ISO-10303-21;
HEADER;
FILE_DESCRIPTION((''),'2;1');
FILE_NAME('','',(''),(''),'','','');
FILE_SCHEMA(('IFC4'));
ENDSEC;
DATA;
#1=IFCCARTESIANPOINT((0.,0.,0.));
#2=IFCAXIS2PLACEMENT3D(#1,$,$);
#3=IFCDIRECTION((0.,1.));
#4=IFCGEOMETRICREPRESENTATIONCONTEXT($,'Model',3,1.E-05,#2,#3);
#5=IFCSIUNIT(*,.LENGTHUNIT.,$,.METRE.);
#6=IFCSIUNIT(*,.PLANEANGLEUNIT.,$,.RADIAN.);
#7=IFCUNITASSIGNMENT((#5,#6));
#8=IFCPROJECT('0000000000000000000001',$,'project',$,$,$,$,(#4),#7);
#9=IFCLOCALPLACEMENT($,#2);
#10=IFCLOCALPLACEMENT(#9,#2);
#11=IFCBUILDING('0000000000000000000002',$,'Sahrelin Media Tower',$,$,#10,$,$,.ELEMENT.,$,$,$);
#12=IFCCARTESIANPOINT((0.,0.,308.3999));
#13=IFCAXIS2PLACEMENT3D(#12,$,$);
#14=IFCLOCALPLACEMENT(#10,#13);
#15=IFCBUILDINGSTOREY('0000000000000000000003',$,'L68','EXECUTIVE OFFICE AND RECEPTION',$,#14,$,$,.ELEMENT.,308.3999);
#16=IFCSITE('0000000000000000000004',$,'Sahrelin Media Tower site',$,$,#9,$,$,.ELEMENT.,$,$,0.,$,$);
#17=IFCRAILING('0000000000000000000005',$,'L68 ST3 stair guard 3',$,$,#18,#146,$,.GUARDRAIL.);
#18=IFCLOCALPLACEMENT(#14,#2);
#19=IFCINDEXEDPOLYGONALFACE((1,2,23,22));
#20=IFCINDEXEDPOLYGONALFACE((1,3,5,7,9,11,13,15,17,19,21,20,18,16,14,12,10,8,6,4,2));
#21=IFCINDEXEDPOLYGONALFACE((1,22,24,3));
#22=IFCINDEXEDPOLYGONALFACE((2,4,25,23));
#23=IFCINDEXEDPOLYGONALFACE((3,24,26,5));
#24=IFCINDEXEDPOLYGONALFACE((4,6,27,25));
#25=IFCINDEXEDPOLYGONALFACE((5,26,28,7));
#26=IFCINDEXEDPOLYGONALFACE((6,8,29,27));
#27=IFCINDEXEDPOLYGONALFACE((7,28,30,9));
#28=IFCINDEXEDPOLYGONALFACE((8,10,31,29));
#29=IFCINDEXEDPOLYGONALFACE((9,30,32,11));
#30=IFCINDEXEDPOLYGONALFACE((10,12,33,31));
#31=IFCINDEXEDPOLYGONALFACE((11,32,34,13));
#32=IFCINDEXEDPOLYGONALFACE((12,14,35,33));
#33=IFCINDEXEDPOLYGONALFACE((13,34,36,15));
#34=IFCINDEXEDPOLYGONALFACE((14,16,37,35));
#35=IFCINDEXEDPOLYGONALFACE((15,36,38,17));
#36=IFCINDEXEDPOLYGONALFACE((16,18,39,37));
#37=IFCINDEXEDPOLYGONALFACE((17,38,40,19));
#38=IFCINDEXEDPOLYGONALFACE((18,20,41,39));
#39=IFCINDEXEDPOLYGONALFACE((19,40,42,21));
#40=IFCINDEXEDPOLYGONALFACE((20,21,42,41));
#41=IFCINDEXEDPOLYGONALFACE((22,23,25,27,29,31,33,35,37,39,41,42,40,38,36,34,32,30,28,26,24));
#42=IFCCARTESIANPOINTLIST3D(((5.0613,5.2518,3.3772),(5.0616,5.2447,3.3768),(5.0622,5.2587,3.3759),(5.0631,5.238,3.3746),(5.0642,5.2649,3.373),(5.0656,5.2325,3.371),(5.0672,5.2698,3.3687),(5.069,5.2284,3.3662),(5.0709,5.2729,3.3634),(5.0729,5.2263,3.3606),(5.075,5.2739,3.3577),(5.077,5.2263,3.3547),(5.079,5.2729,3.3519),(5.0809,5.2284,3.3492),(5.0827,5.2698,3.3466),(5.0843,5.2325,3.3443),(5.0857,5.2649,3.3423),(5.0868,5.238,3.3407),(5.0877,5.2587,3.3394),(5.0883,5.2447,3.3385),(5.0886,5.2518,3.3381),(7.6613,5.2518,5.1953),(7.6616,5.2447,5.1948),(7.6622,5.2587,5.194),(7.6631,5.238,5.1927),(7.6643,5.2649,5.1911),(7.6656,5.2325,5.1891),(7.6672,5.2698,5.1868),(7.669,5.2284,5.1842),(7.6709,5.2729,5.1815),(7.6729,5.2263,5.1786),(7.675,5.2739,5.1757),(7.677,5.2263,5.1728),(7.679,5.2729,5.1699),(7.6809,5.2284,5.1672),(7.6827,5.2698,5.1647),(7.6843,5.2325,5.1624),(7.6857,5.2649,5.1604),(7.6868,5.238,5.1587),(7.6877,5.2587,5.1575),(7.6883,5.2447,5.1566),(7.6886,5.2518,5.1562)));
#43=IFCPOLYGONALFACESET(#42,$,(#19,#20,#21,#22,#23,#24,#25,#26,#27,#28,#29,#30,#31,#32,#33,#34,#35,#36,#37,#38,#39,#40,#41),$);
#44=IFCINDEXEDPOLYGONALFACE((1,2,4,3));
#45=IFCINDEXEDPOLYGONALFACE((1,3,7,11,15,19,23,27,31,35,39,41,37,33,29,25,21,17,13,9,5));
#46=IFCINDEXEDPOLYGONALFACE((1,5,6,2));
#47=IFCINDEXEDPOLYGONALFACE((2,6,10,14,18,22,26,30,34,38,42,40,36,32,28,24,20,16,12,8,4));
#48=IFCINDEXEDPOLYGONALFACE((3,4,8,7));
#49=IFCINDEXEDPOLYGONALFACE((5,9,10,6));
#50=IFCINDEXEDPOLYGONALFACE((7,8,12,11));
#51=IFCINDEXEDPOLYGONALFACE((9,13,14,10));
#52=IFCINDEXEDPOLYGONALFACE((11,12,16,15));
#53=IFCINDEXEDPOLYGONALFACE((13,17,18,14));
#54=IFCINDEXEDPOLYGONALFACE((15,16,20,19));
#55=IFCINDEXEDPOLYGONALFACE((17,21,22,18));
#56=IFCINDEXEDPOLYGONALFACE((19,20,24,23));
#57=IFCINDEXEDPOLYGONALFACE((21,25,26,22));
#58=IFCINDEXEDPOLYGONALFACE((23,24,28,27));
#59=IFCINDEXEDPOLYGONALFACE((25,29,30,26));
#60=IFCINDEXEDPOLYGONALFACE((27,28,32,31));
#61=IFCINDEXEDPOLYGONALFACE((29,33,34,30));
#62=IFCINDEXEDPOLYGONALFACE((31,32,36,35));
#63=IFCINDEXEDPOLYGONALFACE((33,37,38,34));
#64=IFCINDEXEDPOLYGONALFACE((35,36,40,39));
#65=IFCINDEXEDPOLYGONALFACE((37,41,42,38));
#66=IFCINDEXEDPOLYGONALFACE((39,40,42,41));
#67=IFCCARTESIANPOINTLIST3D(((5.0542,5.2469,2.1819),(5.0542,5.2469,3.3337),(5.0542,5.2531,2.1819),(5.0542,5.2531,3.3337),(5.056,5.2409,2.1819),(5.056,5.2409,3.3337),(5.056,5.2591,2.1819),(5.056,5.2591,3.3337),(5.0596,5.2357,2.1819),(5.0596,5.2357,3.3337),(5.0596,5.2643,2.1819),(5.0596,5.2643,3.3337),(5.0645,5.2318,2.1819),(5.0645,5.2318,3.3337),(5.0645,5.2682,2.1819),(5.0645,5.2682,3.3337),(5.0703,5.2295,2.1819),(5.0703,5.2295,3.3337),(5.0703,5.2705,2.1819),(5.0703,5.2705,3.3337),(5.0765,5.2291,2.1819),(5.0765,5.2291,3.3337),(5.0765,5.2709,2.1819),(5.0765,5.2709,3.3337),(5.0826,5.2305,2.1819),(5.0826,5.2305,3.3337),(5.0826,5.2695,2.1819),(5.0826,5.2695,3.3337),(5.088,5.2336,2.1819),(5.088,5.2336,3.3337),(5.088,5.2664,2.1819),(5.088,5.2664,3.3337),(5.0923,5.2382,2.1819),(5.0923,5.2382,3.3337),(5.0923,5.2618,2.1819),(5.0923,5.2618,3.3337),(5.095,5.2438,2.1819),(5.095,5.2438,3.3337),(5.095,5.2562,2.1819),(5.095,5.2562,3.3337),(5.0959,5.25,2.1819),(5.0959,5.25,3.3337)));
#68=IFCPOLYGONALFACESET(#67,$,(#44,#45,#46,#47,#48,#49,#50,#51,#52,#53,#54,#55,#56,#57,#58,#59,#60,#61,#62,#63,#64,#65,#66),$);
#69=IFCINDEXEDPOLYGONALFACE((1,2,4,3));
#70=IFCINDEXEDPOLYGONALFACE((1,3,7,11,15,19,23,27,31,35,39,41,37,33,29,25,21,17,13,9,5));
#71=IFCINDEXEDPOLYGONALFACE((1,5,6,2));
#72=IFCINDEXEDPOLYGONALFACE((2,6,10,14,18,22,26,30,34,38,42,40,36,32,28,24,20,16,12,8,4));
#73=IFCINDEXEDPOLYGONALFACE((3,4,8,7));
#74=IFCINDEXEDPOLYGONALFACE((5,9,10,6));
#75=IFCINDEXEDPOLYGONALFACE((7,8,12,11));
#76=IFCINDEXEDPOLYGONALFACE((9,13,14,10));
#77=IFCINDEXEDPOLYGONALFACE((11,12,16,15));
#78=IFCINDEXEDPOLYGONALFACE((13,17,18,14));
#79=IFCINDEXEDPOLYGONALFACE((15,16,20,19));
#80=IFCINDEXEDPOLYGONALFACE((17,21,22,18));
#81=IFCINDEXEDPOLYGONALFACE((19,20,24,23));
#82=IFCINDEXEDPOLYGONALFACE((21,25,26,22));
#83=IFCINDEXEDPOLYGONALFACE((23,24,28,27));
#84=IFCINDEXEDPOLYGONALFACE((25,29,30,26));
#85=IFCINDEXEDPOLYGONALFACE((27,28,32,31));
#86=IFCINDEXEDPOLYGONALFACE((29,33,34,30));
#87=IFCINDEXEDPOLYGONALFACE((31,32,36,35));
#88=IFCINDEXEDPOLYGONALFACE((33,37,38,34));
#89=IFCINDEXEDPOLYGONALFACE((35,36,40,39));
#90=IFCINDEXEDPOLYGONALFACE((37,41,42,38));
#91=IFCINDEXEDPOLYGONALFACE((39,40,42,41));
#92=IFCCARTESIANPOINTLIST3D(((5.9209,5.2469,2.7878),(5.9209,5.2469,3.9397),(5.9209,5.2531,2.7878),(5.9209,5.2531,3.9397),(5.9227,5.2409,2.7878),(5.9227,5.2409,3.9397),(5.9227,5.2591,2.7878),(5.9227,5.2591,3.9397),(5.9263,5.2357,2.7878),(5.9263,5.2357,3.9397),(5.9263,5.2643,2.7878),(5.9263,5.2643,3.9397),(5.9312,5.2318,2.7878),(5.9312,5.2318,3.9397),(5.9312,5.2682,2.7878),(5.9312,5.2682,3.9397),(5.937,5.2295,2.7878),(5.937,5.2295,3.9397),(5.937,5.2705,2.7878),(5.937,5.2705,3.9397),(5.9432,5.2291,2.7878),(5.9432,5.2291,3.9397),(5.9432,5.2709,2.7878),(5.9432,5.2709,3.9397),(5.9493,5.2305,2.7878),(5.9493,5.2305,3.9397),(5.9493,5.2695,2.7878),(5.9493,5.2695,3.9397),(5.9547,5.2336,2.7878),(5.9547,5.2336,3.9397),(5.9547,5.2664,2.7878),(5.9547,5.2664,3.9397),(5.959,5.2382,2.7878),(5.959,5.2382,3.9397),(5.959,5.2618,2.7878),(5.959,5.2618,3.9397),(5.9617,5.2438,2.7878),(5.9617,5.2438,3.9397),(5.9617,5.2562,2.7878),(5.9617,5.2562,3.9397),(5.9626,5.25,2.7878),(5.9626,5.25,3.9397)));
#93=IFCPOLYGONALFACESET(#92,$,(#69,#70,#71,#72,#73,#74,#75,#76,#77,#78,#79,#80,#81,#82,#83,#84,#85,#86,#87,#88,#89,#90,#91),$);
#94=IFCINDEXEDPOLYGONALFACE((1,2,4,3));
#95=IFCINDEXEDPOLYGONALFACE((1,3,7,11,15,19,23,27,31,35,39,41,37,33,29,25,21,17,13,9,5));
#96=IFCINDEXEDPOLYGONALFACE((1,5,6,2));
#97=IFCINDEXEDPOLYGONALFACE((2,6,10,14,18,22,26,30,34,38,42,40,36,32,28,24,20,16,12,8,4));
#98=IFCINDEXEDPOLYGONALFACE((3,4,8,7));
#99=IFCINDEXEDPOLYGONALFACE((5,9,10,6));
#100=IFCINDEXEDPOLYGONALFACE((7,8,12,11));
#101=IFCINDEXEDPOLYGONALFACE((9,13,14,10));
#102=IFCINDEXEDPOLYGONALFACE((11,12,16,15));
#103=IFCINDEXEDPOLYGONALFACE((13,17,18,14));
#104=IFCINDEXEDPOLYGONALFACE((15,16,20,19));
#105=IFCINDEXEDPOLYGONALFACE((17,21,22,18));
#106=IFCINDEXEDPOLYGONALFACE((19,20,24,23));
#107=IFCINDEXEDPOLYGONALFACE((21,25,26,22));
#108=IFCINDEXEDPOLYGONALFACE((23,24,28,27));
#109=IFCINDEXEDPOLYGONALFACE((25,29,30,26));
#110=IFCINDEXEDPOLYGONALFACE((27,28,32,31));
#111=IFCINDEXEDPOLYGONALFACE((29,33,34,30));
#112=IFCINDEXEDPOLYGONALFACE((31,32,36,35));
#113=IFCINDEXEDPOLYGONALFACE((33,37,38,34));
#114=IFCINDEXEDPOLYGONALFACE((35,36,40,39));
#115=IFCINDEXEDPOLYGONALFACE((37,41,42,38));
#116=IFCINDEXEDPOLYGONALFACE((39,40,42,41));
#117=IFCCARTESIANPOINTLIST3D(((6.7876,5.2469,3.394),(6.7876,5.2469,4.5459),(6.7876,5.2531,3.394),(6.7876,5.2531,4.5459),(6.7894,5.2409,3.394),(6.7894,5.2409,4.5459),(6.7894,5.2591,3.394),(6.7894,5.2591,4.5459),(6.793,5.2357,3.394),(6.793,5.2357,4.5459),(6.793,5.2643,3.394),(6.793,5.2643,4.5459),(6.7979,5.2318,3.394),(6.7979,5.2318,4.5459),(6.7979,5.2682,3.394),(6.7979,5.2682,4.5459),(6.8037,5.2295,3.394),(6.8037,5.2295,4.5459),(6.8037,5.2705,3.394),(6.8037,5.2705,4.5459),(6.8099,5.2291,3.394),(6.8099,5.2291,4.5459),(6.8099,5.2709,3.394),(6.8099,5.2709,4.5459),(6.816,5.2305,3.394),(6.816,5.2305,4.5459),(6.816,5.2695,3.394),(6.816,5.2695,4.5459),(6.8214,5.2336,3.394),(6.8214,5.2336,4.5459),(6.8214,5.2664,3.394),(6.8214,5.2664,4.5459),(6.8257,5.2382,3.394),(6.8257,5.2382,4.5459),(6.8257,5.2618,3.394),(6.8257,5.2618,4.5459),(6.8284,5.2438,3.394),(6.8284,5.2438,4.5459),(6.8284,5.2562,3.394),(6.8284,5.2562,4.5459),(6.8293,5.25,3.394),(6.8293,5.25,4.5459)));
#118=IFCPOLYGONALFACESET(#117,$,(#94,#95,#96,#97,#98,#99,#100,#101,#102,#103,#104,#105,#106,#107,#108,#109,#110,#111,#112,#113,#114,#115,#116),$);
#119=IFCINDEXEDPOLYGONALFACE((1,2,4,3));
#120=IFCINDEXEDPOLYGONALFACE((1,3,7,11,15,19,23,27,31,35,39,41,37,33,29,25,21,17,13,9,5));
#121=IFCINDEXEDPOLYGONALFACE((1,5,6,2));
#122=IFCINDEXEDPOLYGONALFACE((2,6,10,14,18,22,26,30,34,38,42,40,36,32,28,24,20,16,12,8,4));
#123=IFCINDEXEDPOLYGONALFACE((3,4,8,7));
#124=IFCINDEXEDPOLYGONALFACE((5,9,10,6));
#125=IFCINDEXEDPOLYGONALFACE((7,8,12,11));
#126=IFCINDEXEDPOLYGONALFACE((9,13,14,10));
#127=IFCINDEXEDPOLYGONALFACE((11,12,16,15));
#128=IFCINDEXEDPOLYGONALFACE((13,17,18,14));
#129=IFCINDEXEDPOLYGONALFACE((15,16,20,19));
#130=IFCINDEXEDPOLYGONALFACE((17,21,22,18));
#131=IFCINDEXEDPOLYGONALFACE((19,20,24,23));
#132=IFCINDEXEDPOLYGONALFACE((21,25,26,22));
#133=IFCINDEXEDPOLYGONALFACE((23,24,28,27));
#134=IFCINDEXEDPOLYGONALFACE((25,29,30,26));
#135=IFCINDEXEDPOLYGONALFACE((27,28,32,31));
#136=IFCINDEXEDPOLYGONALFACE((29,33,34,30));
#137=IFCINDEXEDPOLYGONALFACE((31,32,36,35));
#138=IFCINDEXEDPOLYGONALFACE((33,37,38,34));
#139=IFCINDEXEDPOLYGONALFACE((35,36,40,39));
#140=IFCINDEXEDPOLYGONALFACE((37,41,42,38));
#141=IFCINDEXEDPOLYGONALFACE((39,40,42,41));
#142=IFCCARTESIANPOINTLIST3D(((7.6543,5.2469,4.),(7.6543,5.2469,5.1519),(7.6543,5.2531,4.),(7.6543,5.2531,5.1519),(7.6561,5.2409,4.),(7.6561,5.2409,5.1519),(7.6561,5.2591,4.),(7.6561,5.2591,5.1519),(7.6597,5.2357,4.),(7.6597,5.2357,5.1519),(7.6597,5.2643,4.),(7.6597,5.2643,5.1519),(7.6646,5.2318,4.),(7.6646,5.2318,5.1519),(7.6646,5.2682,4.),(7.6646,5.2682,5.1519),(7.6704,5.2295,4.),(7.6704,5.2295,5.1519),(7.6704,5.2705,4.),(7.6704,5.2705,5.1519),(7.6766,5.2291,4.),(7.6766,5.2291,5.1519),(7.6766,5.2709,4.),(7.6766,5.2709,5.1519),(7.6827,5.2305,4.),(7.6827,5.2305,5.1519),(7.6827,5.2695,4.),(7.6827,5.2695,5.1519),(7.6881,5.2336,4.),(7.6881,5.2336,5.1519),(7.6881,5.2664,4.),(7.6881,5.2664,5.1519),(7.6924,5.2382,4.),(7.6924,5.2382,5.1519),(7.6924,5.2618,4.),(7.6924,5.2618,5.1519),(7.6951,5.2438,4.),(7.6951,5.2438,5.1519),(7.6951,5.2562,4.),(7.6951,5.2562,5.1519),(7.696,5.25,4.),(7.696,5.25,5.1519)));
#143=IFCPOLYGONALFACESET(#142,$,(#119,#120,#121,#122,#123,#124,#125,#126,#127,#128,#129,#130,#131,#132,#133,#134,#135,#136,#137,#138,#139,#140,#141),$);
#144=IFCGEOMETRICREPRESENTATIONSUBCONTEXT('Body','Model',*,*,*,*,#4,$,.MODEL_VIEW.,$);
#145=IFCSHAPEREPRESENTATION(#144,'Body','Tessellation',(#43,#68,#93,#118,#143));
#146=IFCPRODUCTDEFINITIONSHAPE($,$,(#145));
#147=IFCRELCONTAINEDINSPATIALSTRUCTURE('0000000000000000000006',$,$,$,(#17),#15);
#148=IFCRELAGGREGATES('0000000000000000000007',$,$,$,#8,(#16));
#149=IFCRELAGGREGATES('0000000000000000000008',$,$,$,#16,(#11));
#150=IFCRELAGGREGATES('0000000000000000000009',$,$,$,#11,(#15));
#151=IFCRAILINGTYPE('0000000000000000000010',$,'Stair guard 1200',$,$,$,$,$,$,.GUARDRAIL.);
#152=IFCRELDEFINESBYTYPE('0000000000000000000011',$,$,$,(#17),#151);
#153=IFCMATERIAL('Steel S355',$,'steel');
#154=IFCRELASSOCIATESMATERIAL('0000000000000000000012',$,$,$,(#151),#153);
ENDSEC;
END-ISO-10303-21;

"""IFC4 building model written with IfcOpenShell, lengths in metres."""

from ifc_helpers import new_model, si_unit, direction, frame, origin, origin_2d, place, context, subcontext, project, spatial, circle, extrude, material, type_object, element, save


model = new_model("IFC4")

# Units and contexts
model_context = context("Model", 3, precision=1e-05, world=origin(), true_north=direction((0.0, 1.0)))
body_context = subcontext(model_context, "Body", "Model", "MODEL_VIEW")
ifc_project = project(units=[si_unit("LENGTHUNIT", "METRE"), si_unit("PLANEANGLEUNIT", "RADIAN")], contexts=[model_context])

# Site, building, storey
site_placement = place(None, origin())
site = spatial("IfcSite", under=ifc_project, at=site_placement, Name="Sahrelin Media Tower site", CompositionType="ELEMENT", RefElevation=0.0)
building_placement = place(site_placement, origin())
building = spatial("IfcBuilding", under=site, at=building_placement, Name="Sahrelin Media Tower", CompositionType="ELEMENT")
storey_placement = place(building_placement, frame((0.0, 0.0, 308.3999)))
storey = spatial("IfcBuildingStorey", under=building, at=storey_placement, Name="L68", Description="EXECUTIVE OFFICE AND RECEPTION", CompositionType="ELEMENT", Elevation=308.3999)

# Shared definitions
ifc_material_1 = material(Name="Steel S355", Category="steel")

# Railing
railing_type_1 = type_object("IfcRailingType", Name="Stair guard 1200", PredefinedType="GUARDRAIL", material=ifc_material_1)
railing_1_placement = place(storey_placement, frame((5.075, 5.25, 2.1819)))
element("IfcRailing", 1, at=railing_1_placement, inside=storey, type_object=railing_type_1, Name="L68 ST3 stair guard 3", PredefinedType="GUARDRAIL", context=body_context, shape_type="SweptSolid", body=[
    extrude(circle(Radius=0.0239, at=origin_2d()), frame((0.0, 0.0, 1.1758), z_axis=(0.819521, 0.0, 0.573049), x_axis=(0.0, 1.0, 0.0)), (0.0, 0.0, 1.0), 3.1726),
    extrude(circle(Radius=0.021, at=origin_2d()), origin(), (0.0, 0.0, 1.0), 1.1519),
    extrude(circle(Radius=0.021, at=origin_2d()), frame((0.8667, 0.0, 0.606)), (0.0, 0.0, 1.0), 1.1519),
    extrude(circle(Radius=0.021, at=origin_2d()), frame((1.7334, 0.0, 1.2122)), (0.0, 0.0, 1.0), 1.1519),
    extrude(circle(Radius=0.021, at=origin_2d()), frame((2.6001, 0.0, 1.8181)), (0.0, 0.0, 1.0), 1.1519),
])

save(model, "model.ifc")
